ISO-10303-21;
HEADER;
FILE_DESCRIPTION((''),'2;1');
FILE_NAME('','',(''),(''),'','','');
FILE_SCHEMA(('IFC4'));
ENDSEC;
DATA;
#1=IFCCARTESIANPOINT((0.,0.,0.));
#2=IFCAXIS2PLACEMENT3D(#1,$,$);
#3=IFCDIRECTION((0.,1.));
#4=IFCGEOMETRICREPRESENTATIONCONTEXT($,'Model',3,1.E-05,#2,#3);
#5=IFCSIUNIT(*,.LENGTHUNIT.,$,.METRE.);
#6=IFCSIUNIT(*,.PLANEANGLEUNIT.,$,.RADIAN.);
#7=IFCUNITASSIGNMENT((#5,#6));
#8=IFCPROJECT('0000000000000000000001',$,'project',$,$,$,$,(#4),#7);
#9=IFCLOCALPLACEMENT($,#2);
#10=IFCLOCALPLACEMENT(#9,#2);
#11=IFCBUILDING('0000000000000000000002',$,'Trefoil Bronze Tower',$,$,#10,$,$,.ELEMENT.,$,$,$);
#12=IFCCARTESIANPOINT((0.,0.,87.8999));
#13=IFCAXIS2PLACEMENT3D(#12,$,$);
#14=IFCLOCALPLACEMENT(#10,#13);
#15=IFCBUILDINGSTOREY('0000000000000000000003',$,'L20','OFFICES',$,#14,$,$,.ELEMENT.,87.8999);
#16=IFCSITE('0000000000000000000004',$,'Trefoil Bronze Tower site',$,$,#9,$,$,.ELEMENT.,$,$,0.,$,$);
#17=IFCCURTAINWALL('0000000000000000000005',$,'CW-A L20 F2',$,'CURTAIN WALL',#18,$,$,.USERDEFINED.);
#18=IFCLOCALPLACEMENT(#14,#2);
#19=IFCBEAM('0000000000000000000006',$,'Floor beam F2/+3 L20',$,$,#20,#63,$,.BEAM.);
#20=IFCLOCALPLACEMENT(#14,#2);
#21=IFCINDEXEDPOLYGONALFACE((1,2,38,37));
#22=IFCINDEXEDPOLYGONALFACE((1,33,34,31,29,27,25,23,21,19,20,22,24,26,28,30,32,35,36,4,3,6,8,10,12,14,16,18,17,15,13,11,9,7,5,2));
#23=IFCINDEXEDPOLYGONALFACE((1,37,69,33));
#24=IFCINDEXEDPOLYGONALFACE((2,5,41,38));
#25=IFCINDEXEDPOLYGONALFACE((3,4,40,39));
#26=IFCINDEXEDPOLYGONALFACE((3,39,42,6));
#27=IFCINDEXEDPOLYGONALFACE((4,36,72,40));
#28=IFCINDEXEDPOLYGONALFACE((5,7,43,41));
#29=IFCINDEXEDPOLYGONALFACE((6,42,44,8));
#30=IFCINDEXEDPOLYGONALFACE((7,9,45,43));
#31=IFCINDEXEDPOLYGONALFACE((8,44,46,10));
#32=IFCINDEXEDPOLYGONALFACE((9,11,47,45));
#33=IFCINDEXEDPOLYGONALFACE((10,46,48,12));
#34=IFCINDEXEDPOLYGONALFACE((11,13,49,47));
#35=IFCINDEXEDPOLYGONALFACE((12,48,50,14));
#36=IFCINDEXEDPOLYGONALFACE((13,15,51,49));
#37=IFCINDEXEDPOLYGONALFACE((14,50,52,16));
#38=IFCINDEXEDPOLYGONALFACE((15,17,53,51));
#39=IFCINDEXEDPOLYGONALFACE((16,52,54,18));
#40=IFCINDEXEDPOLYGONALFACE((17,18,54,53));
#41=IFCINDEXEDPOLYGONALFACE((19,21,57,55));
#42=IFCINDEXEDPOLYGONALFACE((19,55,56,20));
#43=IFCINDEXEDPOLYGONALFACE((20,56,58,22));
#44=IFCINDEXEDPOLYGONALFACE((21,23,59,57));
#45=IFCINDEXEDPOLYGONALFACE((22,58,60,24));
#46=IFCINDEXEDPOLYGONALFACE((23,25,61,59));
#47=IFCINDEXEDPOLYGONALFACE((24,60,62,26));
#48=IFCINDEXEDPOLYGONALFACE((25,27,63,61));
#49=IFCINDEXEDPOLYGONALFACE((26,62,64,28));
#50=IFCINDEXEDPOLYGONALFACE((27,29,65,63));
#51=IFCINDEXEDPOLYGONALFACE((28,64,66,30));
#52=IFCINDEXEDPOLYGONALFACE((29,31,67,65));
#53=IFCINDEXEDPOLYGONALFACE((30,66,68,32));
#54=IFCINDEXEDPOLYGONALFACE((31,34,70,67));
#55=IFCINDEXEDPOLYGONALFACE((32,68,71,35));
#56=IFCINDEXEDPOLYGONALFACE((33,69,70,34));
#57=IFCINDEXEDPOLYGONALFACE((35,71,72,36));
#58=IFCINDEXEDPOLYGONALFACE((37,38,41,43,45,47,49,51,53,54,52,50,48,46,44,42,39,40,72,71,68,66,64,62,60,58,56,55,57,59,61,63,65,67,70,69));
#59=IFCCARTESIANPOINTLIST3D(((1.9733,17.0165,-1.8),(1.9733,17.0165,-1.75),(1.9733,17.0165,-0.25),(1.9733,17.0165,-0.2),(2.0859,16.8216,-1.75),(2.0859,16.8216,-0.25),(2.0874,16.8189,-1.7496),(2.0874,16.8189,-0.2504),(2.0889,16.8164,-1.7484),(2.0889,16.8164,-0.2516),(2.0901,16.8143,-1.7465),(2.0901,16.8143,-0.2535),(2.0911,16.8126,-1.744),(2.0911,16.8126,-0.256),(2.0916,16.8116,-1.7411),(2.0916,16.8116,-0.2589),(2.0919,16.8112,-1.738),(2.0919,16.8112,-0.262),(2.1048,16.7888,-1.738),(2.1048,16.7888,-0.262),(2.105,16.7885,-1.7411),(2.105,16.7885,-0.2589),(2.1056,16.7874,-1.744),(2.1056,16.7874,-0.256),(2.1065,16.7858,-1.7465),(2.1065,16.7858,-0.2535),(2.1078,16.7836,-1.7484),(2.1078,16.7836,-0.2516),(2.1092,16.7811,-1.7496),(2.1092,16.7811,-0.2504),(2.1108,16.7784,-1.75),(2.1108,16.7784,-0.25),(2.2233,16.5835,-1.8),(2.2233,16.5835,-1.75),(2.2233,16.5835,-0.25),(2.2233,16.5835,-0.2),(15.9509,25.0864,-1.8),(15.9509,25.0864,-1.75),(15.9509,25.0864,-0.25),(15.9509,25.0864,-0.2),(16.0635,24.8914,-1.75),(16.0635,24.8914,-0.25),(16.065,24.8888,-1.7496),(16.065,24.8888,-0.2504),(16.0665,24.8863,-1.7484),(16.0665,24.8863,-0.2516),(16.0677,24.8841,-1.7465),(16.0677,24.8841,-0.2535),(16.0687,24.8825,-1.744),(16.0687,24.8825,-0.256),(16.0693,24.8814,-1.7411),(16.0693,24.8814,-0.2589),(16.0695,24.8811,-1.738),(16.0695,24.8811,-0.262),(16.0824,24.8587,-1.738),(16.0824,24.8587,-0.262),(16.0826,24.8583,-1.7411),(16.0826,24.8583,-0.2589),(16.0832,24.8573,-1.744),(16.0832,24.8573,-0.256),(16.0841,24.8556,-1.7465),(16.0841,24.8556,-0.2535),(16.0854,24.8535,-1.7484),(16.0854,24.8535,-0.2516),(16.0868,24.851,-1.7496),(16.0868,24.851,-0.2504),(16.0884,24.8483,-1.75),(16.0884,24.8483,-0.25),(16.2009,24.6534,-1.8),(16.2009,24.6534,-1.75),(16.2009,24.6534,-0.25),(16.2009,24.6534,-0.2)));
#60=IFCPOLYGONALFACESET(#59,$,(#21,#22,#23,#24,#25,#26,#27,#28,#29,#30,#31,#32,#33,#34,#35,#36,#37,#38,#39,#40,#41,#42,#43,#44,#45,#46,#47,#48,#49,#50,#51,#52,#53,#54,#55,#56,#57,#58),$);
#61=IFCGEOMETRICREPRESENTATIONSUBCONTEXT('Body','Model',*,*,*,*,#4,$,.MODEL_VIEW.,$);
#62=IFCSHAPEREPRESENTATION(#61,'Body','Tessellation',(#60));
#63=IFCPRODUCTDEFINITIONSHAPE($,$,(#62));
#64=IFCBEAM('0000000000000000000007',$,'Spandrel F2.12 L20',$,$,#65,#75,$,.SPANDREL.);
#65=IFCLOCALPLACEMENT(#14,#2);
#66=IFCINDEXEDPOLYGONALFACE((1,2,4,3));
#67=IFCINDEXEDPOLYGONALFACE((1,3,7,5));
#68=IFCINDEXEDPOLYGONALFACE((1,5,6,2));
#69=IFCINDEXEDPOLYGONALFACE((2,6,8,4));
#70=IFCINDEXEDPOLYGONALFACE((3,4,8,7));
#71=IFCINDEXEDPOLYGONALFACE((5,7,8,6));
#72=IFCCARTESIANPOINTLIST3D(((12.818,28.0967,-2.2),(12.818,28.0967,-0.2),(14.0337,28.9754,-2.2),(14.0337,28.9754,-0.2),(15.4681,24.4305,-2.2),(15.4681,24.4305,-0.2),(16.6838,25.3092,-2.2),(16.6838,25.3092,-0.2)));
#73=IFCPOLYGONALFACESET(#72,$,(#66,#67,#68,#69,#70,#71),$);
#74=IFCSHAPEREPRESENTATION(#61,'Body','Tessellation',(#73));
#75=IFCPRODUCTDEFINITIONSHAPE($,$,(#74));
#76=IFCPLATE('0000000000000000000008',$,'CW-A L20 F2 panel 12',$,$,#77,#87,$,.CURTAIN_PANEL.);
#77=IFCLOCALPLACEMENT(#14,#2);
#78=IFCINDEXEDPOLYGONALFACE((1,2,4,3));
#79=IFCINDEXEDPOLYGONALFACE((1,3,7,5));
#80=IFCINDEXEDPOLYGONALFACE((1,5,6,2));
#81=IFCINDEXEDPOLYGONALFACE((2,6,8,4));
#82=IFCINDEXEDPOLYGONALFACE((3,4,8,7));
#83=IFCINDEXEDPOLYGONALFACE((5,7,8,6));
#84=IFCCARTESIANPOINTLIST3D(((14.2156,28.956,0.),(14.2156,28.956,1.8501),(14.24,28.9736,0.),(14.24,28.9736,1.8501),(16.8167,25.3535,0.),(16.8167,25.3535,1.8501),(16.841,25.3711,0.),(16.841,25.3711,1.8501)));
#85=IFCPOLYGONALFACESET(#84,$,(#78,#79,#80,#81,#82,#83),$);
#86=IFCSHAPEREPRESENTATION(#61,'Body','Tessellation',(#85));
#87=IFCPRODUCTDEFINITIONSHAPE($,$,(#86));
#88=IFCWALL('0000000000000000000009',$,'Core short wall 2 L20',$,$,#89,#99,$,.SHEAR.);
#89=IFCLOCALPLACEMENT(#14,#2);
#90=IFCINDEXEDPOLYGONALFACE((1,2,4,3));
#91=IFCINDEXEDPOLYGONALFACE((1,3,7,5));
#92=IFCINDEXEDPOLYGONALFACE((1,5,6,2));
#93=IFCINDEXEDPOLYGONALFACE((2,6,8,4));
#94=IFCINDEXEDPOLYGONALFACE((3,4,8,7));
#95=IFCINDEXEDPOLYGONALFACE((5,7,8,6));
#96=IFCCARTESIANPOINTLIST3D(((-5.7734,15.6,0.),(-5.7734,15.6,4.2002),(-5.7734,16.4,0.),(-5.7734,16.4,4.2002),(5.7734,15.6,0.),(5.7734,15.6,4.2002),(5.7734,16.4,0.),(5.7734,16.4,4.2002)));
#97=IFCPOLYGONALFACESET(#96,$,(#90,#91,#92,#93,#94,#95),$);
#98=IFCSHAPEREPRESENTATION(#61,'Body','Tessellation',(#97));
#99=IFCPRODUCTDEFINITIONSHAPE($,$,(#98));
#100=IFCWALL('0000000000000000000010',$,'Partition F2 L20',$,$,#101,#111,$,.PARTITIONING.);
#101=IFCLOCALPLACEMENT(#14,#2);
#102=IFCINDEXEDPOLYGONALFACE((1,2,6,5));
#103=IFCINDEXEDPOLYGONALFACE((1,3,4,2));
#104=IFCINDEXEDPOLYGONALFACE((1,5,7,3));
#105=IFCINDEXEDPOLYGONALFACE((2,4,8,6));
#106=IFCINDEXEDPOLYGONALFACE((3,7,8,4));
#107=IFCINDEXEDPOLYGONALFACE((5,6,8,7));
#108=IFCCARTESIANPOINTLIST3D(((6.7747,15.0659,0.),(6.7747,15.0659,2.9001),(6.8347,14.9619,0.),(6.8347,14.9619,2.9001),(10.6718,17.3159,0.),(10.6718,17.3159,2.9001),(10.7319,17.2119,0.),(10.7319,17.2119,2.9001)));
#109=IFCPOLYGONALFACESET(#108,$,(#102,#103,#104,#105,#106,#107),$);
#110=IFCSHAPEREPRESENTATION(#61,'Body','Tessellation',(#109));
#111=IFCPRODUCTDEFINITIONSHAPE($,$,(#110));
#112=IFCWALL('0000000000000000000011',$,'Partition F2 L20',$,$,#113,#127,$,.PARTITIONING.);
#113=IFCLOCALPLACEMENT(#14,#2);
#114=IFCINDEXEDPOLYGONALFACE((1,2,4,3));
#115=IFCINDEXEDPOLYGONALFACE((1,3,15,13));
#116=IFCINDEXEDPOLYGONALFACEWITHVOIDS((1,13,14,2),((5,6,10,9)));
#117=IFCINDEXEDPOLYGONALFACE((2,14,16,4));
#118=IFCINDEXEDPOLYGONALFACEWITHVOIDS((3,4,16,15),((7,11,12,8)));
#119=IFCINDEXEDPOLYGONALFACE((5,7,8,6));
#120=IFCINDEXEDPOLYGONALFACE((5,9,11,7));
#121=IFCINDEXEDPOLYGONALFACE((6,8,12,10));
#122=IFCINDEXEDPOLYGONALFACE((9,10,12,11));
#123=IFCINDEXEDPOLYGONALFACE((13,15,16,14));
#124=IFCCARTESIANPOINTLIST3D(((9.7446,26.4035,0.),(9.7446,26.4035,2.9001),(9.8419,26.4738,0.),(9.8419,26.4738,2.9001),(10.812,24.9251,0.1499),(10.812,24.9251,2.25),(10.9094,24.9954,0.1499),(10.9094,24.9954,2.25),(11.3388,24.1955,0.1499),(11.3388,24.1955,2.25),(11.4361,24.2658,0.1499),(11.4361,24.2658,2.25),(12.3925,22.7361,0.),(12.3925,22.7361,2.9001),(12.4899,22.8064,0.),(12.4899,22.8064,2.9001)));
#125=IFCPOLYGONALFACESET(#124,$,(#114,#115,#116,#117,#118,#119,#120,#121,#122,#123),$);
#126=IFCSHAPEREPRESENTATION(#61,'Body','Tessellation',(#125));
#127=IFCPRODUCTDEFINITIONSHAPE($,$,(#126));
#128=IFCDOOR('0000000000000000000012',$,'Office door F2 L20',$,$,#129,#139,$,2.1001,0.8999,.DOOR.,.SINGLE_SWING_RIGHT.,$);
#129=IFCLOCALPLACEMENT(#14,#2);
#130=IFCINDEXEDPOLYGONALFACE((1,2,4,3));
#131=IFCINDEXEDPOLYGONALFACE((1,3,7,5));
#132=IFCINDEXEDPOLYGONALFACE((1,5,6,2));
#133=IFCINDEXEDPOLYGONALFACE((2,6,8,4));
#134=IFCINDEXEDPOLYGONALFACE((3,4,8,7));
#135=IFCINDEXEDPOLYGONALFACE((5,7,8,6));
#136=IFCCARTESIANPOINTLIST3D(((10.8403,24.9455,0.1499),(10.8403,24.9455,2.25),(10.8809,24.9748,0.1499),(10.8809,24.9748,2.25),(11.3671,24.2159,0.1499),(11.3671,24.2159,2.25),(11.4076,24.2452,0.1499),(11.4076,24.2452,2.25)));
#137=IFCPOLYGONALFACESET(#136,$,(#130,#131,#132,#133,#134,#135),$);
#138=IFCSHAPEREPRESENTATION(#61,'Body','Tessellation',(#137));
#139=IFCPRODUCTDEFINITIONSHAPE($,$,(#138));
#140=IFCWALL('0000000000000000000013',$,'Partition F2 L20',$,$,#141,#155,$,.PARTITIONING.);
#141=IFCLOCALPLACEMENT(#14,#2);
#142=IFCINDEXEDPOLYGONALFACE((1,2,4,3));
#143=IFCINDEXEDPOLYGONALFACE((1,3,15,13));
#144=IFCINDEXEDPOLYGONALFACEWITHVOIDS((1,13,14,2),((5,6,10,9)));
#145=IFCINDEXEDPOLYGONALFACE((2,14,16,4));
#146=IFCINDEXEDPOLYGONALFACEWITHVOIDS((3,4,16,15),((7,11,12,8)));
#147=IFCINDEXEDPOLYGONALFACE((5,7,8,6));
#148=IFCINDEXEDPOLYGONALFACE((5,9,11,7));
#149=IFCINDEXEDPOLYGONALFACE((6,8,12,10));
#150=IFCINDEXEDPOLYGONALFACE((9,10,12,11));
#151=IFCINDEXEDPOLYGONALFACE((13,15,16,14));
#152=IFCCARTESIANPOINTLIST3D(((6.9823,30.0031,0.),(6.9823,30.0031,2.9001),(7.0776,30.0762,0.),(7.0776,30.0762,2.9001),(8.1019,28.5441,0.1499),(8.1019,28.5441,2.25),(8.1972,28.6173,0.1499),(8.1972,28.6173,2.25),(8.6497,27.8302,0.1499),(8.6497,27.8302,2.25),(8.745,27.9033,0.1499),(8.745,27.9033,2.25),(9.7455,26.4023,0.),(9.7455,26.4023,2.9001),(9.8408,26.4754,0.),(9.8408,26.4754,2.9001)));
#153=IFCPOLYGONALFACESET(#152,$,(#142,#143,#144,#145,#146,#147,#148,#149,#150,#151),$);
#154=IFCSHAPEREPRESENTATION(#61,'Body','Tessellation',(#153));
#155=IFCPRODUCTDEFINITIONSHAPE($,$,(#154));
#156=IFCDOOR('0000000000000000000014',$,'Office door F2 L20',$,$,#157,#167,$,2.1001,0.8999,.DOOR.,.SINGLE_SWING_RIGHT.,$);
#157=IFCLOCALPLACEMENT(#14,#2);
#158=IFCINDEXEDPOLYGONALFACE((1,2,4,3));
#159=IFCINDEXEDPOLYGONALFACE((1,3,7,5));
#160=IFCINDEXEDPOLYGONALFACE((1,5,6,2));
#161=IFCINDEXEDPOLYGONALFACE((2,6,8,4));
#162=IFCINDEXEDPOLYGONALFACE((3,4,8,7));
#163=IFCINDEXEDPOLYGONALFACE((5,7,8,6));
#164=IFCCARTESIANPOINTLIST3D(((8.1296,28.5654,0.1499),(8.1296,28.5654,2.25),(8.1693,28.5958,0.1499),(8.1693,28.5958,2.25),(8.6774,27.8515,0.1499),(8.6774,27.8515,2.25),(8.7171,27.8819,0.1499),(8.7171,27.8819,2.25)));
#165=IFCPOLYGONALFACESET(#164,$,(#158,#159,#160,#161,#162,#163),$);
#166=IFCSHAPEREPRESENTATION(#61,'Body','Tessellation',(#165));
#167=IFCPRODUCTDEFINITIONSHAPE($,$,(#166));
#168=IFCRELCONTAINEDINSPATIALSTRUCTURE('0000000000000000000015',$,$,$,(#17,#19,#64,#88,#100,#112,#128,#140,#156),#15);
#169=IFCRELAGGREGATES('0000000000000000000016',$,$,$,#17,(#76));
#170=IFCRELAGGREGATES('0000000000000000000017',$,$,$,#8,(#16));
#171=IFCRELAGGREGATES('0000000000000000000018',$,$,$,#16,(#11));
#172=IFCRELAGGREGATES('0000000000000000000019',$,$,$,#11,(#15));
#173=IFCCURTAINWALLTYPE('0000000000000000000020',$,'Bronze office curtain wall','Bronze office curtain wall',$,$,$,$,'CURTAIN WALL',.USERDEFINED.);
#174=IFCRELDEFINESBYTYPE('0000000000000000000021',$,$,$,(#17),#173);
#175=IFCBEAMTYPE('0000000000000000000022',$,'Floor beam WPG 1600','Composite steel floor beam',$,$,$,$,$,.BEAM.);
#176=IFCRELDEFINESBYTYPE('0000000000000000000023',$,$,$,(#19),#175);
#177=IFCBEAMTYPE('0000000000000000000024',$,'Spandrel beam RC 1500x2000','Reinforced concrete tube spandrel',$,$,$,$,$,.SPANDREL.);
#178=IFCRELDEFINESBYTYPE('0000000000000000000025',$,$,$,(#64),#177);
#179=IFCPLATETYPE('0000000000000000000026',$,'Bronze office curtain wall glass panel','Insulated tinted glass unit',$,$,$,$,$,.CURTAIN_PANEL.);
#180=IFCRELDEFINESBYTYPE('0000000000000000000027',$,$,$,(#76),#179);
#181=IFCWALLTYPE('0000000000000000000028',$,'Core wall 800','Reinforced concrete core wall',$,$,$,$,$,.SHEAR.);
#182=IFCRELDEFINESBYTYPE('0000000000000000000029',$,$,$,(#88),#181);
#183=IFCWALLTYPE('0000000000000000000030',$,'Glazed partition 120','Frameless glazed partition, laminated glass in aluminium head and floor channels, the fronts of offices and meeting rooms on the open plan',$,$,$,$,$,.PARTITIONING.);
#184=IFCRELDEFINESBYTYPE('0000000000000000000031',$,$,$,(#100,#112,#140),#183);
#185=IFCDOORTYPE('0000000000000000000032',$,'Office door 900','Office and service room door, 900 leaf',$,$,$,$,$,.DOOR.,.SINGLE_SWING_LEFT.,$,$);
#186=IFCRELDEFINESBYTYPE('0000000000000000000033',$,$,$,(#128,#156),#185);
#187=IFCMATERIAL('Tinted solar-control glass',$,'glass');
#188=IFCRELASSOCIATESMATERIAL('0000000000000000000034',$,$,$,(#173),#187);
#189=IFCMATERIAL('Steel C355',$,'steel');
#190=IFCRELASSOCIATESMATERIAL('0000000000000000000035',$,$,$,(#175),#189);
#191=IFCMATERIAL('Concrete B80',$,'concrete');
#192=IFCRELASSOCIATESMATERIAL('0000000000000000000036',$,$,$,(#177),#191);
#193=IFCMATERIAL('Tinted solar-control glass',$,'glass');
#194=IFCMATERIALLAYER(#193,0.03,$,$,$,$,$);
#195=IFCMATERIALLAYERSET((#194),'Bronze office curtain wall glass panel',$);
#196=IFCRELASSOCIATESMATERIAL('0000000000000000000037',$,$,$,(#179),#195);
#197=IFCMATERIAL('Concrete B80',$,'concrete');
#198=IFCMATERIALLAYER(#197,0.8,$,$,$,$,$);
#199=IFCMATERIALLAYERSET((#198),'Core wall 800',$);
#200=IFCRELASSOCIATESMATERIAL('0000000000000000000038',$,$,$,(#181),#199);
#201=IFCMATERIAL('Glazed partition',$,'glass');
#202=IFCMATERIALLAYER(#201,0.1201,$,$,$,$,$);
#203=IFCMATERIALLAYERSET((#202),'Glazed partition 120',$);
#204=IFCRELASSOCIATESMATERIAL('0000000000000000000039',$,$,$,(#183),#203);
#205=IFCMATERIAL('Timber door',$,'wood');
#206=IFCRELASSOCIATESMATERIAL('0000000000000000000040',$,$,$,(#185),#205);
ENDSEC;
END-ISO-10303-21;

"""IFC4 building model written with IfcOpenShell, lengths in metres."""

from ifc_helpers import new_model, si_unit, direction, frame, frame_2d, origin, origin_2d, place, context, subcontext, project, spatial, rectangle, i_section, extrude, material, layer, layer_set, material_profile, profile_set, type_object, element, fill, aggregate, save


model = new_model("IFC4")

# Units and contexts
model_context = context("Model", 3, precision=1e-05, world=origin(), true_north=direction((0.0, 1.0)))
body_context = subcontext(model_context, "Body", "Model", "MODEL_VIEW")
ifc_project = project(units=[si_unit("LENGTHUNIT", "METRE"), si_unit("PLANEANGLEUNIT", "RADIAN")], contexts=[model_context])

# Site, building, storey
site_placement = place(None, origin())
site = spatial("IfcSite", under=ifc_project, at=site_placement, Name="Trefoil Bronze Tower site", CompositionType="ELEMENT", RefElevation=0.0)
building_placement = place(site_placement, origin())
building = spatial("IfcBuilding", under=site, at=building_placement, Name="Trefoil Bronze Tower", CompositionType="ELEMENT")
storey_placement = place(building_placement, frame((0.0, 0.0, 87.8999)))
storey = spatial("IfcBuildingStorey", under=building, at=storey_placement, Name="L20", Description="OFFICES", CompositionType="ELEMENT", Elevation=87.8999)

# Curtain wall
ifc_material_1 = material(Name="Tinted solar-control glass", Category="glass")
curtain_wall_type = type_object("IfcCurtainWallType", Name="Bronze office curtain wall", Description="Bronze office curtain wall", ElementType="CURTAIN WALL", PredefinedType="USERDEFINED", material=ifc_material_1)
curtain_wall_placement = place(storey_placement, origin())
curtain_wall = element("IfcCurtainWall", 1, at=curtain_wall_placement, inside=storey, type_object=curtain_wall_type, Name="CW-A L20 F2", ObjectType="CURTAIN WALL", PredefinedType="USERDEFINED")

# Beams
ifc_material_2 = material(Name="Steel C355", Category="steel")
ifc_material_profile_1 = material_profile(ifc_material_2, i_section(OverallWidth=0.5, OverallDepth=1.6001, WebThickness=0.0259, FlangeThickness=0.05, FilletRadius=0.012, at=origin_2d()), Name="WPG 1600")
ifc_profile_set_1 = profile_set([ifc_material_profile_1], Name="Steel C355")
beam_type_1 = type_object("IfcBeamType", Name="Floor beam WPG 1600", Description="Composite steel floor beam", PredefinedType="BEAM", material=ifc_profile_set_1)
beam_1_placement = place(storey_placement, frame((16.0759, 24.8699, -1.0), z_axis=(-0.866028, -0.499995, 0.0), x_axis=(0.499995, -0.866028, 0.0)))
element("IfcBeam", 2, at=beam_1_placement, inside=storey, type_object=beam_type_1, Name="Floor beam F2/+3 L20", PredefinedType="BEAM", context=body_context, shape_type="SweptSolid", body=[
    extrude(i_section(OverallWidth=0.5, OverallDepth=1.6001, WebThickness=0.0259, FlangeThickness=0.05, FilletRadius=0.012, at=origin_2d()), origin(), (0.0, 0.0, 1.0), 16.1399),
])
ifc_material_3 = material(Name="Concrete B80", Category="concrete")
ifc_material_profile_2 = material_profile(ifc_material_3, rectangle(XDim=1.5, YDim=2.0, at=origin_2d()), Name="RC 1500x2000")
ifc_profile_set_2 = profile_set([ifc_material_profile_2], Name="Concrete B80")
beam_type_2 = type_object("IfcBeamType", Name="Spandrel beam RC 1500x2000", Description="Reinforced concrete tube spandrel", PredefinedType="SPANDREL", material=ifc_profile_set_2)
beam_2_placement = place(storey_placement, frame((16.0759, 24.8699, -1.2), z_axis=(-0.585824, 0.810439, 0.0), x_axis=(-0.810439, -0.585824, 0.0)))
element("IfcBeam", 3, at=beam_2_placement, inside=storey, type_object=beam_type_2, Name="Spandrel F2.12 L20", PredefinedType="SPANDREL", context=body_context, shape_type="SweptSolid", body=[
    extrude(rectangle(XDim=1.5, YDim=2.0, at=origin_2d()), origin(), (0.0, 0.0, 1.0), 4.5237),
])

# Plate
ifc_material_4 = material(Name="Tinted solar-control glass", Category="glass")
ifc_layer_1 = layer(ifc_material_4, 0.03)
ifc_layer_set_1 = layer_set([ifc_layer_1], Name="Bronze office curtain wall glass panel")
plate_type = type_object("IfcPlateType", Name="Bronze office curtain wall glass panel", Description="Insulated tinted glass unit", PredefinedType="CURTAIN_PANEL", material=ifc_layer_set_1)
plate_placement = place(storey_placement, frame((15.5283, 27.1636, 0.0), z_axis=(0.0, 0.0, 1.0), x_axis=(-0.585373, 0.810764, 0.0)))
plate = element("IfcPlate", 4, at=plate_placement, type_object=plate_type, Name="CW-A L20 F2 panel 12", PredefinedType="CURTAIN_PANEL", context=body_context, shape_type="SweptSolid", body=[
    extrude(rectangle(XDim=4.4434, YDim=0.03, at=origin_2d()), origin(), (0.0, 0.0, 1.0), 1.8501),
])
aggregate(curtain_wall, [plate])

# Walls
ifc_material_5 = material(Name="Concrete B80", Category="concrete")
ifc_layer_2 = layer(ifc_material_5, 0.8)
ifc_layer_set_2 = layer_set([ifc_layer_2], Name="Core wall 800")
wall_type_1 = type_object("IfcWallType", Name="Core wall 800", Description="Reinforced concrete core wall", PredefinedType="SHEAR", material=ifc_layer_set_2)
wall_1_placement = place(storey_placement, frame((5.7734, 16.0, 0.0), z_axis=(0.0, 0.0, 1.0), x_axis=(-1.0, 0.0, 0.0)))
element("IfcWall", 5, at=wall_1_placement, inside=storey, type_object=wall_type_1, Name="Core short wall 2 L20", PredefinedType="SHEAR", context=body_context, shape_type="SweptSolid", body=[
    extrude(rectangle(XDim=11.5469, YDim=0.8, at=frame_2d((5.7734, 0.0))), origin(), (0.0, 0.0, 1.0), 4.2002),
])
ifc_material_6 = material(Name="Glazed partition", Category="glass")
ifc_layer_3 = layer(ifc_material_6, 0.1201)
ifc_layer_set_3 = layer_set([ifc_layer_3], Name="Glazed partition 120")
wall_type_2 = type_object("IfcWallType", Name="Glazed partition 120", Description="Frameless glazed partition, laminated glass in aluminium head and floor channels, the fronts of offices and meeting rooms on the open plan", PredefinedType="PARTITIONING", material=ifc_layer_set_3)
wall_2_placement = place(storey_placement, frame((6.8047, 15.0139, 0.0), z_axis=(0.0, 0.0, 1.0), x_axis=(0.866031, 0.49999, 0.0)))
element("IfcWall", 6, at=wall_2_placement, inside=storey, type_object=wall_type_2, Name="Partition F2 L20", PredefinedType="PARTITIONING", context=body_context, shape_type="SweptSolid", body=[
    extrude(rectangle(XDim=4.5, YDim=0.1201, at=frame_2d((2.25, 0.0))), origin(), (0.0, 0.0, 1.0), 2.9001),
])

# Walls, openings, doors
wall_3_placement = place(storey_placement, frame((12.4412, 22.7712, 0.0), z_axis=(0.0, 0.0, 1.0), x_axis=(-0.585376, 0.810762, 0.0)))
wall_3 = element("IfcWall", 7, at=wall_3_placement, inside=storey, type_object=wall_type_2, Name="Partition F2 L20", PredefinedType="PARTITIONING", context=body_context, shape_type="SweptSolid", body=[
    extrude(rectangle(XDim=4.5234, YDim=0.1201, at=frame_2d((2.2617, 0.0))), origin(), (0.0, 0.0, 1.0), 2.9001),
])
opening_1_placement = place(wall_3_placement, frame((1.8, 0.0, 0.1499)))
opening_1 = element("IfcOpeningElement", 8, at=opening_1_placement, cuts=wall_3, PredefinedType="OPENING", context=body_context, shape_type="SweptSolid", body=[
    extrude(rectangle(XDim=0.8999, YDim=2.1001, at=frame_2d((0.45, 1.05))), frame((0.0, 0.0701, 0.0), z_axis=(0.0, -1.0, 0.0), x_axis=(1.0, 0.0, 0.0)), (0.0, 0.0, 1.0), 0.1401),
])
ifc_material_7 = material(Name="Timber door", Category="wood")
door_type = type_object("IfcDoorType", Name="Office door 900", Description="Office and service room door, 900 leaf", OperationType="SINGLE_SWING_LEFT", PredefinedType="DOOR", material=ifc_material_7)
door_1_placement = place(opening_1_placement, frame((0.8999, 0.0, 0.0), z_axis=(0.0, 0.0, 1.0), x_axis=(-1.0, 0.0, 0.0)))
door_1 = element("IfcDoor", 9, at=door_1_placement, inside=storey, type_object=door_type, Name="Office door F2 L20", OperationType="SINGLE_SWING_RIGHT", OverallHeight=2.1001, OverallWidth=0.8999, PredefinedType="DOOR", context=body_context, shape_type="SweptSolid", body=[
    extrude(rectangle(XDim=0.8999, YDim=2.1001, at=frame_2d((0.45, 1.05))), frame((0.0, 0.0249, 0.0), z_axis=(0.0, -1.0, 0.0), x_axis=(1.0, 0.0, 0.0)), (0.0, 0.0, 1.0), 0.05),
])
fill(opening_1, door_1)
wall_4_placement = place(storey_placement, frame((9.7932, 26.4387, 0.0), z_axis=(0.0, 0.0, 1.0), x_axis=(-0.608785, 0.793335, 0.0)))
wall_4 = element("IfcWall", 10, at=wall_4_placement, inside=storey, type_object=wall_type_2, Name="Partition F2 L20", PredefinedType="PARTITIONING", context=body_context, shape_type="SweptSolid", body=[
    extrude(rectangle(XDim=4.5388, YDim=0.1201, at=frame_2d((2.2695, 0.0))), origin(), (0.0, 0.0, 1.0), 2.9001),
])
opening_2_placement = place(wall_4_placement, frame((1.8, 0.0, 0.1499)))
opening_2 = element("IfcOpeningElement", 11, at=opening_2_placement, cuts=wall_4, PredefinedType="OPENING", context=body_context, shape_type="SweptSolid", body=[
    extrude(rectangle(XDim=0.8999, YDim=2.1001, at=frame_2d((0.45, 1.05))), frame((0.0, 0.0701, 0.0), z_axis=(0.0, -1.0, 0.0), x_axis=(1.0, 0.0, 0.0)), (0.0, 0.0, 1.0), 0.1401),
])
door_2_placement = place(opening_2_placement, frame((0.8999, 0.0, 0.0), z_axis=(0.0, 0.0, 1.0), x_axis=(-1.0, 0.0, 0.0)))
door_2 = element("IfcDoor", 12, at=door_2_placement, inside=storey, type_object=door_type, Name="Office door F2 L20", OperationType="SINGLE_SWING_RIGHT", OverallHeight=2.1001, OverallWidth=0.8999, PredefinedType="DOOR", context=body_context, shape_type="SweptSolid", body=[
    extrude(rectangle(XDim=0.8999, YDim=2.1001, at=frame_2d((0.45, 1.05))), frame((0.0, 0.0249, 0.0), z_axis=(0.0, -1.0, 0.0), x_axis=(1.0, 0.0, 0.0)), (0.0, 0.0, 1.0), 0.05),
])
fill(opening_2, door_2)

save(model, "model.ifc")
